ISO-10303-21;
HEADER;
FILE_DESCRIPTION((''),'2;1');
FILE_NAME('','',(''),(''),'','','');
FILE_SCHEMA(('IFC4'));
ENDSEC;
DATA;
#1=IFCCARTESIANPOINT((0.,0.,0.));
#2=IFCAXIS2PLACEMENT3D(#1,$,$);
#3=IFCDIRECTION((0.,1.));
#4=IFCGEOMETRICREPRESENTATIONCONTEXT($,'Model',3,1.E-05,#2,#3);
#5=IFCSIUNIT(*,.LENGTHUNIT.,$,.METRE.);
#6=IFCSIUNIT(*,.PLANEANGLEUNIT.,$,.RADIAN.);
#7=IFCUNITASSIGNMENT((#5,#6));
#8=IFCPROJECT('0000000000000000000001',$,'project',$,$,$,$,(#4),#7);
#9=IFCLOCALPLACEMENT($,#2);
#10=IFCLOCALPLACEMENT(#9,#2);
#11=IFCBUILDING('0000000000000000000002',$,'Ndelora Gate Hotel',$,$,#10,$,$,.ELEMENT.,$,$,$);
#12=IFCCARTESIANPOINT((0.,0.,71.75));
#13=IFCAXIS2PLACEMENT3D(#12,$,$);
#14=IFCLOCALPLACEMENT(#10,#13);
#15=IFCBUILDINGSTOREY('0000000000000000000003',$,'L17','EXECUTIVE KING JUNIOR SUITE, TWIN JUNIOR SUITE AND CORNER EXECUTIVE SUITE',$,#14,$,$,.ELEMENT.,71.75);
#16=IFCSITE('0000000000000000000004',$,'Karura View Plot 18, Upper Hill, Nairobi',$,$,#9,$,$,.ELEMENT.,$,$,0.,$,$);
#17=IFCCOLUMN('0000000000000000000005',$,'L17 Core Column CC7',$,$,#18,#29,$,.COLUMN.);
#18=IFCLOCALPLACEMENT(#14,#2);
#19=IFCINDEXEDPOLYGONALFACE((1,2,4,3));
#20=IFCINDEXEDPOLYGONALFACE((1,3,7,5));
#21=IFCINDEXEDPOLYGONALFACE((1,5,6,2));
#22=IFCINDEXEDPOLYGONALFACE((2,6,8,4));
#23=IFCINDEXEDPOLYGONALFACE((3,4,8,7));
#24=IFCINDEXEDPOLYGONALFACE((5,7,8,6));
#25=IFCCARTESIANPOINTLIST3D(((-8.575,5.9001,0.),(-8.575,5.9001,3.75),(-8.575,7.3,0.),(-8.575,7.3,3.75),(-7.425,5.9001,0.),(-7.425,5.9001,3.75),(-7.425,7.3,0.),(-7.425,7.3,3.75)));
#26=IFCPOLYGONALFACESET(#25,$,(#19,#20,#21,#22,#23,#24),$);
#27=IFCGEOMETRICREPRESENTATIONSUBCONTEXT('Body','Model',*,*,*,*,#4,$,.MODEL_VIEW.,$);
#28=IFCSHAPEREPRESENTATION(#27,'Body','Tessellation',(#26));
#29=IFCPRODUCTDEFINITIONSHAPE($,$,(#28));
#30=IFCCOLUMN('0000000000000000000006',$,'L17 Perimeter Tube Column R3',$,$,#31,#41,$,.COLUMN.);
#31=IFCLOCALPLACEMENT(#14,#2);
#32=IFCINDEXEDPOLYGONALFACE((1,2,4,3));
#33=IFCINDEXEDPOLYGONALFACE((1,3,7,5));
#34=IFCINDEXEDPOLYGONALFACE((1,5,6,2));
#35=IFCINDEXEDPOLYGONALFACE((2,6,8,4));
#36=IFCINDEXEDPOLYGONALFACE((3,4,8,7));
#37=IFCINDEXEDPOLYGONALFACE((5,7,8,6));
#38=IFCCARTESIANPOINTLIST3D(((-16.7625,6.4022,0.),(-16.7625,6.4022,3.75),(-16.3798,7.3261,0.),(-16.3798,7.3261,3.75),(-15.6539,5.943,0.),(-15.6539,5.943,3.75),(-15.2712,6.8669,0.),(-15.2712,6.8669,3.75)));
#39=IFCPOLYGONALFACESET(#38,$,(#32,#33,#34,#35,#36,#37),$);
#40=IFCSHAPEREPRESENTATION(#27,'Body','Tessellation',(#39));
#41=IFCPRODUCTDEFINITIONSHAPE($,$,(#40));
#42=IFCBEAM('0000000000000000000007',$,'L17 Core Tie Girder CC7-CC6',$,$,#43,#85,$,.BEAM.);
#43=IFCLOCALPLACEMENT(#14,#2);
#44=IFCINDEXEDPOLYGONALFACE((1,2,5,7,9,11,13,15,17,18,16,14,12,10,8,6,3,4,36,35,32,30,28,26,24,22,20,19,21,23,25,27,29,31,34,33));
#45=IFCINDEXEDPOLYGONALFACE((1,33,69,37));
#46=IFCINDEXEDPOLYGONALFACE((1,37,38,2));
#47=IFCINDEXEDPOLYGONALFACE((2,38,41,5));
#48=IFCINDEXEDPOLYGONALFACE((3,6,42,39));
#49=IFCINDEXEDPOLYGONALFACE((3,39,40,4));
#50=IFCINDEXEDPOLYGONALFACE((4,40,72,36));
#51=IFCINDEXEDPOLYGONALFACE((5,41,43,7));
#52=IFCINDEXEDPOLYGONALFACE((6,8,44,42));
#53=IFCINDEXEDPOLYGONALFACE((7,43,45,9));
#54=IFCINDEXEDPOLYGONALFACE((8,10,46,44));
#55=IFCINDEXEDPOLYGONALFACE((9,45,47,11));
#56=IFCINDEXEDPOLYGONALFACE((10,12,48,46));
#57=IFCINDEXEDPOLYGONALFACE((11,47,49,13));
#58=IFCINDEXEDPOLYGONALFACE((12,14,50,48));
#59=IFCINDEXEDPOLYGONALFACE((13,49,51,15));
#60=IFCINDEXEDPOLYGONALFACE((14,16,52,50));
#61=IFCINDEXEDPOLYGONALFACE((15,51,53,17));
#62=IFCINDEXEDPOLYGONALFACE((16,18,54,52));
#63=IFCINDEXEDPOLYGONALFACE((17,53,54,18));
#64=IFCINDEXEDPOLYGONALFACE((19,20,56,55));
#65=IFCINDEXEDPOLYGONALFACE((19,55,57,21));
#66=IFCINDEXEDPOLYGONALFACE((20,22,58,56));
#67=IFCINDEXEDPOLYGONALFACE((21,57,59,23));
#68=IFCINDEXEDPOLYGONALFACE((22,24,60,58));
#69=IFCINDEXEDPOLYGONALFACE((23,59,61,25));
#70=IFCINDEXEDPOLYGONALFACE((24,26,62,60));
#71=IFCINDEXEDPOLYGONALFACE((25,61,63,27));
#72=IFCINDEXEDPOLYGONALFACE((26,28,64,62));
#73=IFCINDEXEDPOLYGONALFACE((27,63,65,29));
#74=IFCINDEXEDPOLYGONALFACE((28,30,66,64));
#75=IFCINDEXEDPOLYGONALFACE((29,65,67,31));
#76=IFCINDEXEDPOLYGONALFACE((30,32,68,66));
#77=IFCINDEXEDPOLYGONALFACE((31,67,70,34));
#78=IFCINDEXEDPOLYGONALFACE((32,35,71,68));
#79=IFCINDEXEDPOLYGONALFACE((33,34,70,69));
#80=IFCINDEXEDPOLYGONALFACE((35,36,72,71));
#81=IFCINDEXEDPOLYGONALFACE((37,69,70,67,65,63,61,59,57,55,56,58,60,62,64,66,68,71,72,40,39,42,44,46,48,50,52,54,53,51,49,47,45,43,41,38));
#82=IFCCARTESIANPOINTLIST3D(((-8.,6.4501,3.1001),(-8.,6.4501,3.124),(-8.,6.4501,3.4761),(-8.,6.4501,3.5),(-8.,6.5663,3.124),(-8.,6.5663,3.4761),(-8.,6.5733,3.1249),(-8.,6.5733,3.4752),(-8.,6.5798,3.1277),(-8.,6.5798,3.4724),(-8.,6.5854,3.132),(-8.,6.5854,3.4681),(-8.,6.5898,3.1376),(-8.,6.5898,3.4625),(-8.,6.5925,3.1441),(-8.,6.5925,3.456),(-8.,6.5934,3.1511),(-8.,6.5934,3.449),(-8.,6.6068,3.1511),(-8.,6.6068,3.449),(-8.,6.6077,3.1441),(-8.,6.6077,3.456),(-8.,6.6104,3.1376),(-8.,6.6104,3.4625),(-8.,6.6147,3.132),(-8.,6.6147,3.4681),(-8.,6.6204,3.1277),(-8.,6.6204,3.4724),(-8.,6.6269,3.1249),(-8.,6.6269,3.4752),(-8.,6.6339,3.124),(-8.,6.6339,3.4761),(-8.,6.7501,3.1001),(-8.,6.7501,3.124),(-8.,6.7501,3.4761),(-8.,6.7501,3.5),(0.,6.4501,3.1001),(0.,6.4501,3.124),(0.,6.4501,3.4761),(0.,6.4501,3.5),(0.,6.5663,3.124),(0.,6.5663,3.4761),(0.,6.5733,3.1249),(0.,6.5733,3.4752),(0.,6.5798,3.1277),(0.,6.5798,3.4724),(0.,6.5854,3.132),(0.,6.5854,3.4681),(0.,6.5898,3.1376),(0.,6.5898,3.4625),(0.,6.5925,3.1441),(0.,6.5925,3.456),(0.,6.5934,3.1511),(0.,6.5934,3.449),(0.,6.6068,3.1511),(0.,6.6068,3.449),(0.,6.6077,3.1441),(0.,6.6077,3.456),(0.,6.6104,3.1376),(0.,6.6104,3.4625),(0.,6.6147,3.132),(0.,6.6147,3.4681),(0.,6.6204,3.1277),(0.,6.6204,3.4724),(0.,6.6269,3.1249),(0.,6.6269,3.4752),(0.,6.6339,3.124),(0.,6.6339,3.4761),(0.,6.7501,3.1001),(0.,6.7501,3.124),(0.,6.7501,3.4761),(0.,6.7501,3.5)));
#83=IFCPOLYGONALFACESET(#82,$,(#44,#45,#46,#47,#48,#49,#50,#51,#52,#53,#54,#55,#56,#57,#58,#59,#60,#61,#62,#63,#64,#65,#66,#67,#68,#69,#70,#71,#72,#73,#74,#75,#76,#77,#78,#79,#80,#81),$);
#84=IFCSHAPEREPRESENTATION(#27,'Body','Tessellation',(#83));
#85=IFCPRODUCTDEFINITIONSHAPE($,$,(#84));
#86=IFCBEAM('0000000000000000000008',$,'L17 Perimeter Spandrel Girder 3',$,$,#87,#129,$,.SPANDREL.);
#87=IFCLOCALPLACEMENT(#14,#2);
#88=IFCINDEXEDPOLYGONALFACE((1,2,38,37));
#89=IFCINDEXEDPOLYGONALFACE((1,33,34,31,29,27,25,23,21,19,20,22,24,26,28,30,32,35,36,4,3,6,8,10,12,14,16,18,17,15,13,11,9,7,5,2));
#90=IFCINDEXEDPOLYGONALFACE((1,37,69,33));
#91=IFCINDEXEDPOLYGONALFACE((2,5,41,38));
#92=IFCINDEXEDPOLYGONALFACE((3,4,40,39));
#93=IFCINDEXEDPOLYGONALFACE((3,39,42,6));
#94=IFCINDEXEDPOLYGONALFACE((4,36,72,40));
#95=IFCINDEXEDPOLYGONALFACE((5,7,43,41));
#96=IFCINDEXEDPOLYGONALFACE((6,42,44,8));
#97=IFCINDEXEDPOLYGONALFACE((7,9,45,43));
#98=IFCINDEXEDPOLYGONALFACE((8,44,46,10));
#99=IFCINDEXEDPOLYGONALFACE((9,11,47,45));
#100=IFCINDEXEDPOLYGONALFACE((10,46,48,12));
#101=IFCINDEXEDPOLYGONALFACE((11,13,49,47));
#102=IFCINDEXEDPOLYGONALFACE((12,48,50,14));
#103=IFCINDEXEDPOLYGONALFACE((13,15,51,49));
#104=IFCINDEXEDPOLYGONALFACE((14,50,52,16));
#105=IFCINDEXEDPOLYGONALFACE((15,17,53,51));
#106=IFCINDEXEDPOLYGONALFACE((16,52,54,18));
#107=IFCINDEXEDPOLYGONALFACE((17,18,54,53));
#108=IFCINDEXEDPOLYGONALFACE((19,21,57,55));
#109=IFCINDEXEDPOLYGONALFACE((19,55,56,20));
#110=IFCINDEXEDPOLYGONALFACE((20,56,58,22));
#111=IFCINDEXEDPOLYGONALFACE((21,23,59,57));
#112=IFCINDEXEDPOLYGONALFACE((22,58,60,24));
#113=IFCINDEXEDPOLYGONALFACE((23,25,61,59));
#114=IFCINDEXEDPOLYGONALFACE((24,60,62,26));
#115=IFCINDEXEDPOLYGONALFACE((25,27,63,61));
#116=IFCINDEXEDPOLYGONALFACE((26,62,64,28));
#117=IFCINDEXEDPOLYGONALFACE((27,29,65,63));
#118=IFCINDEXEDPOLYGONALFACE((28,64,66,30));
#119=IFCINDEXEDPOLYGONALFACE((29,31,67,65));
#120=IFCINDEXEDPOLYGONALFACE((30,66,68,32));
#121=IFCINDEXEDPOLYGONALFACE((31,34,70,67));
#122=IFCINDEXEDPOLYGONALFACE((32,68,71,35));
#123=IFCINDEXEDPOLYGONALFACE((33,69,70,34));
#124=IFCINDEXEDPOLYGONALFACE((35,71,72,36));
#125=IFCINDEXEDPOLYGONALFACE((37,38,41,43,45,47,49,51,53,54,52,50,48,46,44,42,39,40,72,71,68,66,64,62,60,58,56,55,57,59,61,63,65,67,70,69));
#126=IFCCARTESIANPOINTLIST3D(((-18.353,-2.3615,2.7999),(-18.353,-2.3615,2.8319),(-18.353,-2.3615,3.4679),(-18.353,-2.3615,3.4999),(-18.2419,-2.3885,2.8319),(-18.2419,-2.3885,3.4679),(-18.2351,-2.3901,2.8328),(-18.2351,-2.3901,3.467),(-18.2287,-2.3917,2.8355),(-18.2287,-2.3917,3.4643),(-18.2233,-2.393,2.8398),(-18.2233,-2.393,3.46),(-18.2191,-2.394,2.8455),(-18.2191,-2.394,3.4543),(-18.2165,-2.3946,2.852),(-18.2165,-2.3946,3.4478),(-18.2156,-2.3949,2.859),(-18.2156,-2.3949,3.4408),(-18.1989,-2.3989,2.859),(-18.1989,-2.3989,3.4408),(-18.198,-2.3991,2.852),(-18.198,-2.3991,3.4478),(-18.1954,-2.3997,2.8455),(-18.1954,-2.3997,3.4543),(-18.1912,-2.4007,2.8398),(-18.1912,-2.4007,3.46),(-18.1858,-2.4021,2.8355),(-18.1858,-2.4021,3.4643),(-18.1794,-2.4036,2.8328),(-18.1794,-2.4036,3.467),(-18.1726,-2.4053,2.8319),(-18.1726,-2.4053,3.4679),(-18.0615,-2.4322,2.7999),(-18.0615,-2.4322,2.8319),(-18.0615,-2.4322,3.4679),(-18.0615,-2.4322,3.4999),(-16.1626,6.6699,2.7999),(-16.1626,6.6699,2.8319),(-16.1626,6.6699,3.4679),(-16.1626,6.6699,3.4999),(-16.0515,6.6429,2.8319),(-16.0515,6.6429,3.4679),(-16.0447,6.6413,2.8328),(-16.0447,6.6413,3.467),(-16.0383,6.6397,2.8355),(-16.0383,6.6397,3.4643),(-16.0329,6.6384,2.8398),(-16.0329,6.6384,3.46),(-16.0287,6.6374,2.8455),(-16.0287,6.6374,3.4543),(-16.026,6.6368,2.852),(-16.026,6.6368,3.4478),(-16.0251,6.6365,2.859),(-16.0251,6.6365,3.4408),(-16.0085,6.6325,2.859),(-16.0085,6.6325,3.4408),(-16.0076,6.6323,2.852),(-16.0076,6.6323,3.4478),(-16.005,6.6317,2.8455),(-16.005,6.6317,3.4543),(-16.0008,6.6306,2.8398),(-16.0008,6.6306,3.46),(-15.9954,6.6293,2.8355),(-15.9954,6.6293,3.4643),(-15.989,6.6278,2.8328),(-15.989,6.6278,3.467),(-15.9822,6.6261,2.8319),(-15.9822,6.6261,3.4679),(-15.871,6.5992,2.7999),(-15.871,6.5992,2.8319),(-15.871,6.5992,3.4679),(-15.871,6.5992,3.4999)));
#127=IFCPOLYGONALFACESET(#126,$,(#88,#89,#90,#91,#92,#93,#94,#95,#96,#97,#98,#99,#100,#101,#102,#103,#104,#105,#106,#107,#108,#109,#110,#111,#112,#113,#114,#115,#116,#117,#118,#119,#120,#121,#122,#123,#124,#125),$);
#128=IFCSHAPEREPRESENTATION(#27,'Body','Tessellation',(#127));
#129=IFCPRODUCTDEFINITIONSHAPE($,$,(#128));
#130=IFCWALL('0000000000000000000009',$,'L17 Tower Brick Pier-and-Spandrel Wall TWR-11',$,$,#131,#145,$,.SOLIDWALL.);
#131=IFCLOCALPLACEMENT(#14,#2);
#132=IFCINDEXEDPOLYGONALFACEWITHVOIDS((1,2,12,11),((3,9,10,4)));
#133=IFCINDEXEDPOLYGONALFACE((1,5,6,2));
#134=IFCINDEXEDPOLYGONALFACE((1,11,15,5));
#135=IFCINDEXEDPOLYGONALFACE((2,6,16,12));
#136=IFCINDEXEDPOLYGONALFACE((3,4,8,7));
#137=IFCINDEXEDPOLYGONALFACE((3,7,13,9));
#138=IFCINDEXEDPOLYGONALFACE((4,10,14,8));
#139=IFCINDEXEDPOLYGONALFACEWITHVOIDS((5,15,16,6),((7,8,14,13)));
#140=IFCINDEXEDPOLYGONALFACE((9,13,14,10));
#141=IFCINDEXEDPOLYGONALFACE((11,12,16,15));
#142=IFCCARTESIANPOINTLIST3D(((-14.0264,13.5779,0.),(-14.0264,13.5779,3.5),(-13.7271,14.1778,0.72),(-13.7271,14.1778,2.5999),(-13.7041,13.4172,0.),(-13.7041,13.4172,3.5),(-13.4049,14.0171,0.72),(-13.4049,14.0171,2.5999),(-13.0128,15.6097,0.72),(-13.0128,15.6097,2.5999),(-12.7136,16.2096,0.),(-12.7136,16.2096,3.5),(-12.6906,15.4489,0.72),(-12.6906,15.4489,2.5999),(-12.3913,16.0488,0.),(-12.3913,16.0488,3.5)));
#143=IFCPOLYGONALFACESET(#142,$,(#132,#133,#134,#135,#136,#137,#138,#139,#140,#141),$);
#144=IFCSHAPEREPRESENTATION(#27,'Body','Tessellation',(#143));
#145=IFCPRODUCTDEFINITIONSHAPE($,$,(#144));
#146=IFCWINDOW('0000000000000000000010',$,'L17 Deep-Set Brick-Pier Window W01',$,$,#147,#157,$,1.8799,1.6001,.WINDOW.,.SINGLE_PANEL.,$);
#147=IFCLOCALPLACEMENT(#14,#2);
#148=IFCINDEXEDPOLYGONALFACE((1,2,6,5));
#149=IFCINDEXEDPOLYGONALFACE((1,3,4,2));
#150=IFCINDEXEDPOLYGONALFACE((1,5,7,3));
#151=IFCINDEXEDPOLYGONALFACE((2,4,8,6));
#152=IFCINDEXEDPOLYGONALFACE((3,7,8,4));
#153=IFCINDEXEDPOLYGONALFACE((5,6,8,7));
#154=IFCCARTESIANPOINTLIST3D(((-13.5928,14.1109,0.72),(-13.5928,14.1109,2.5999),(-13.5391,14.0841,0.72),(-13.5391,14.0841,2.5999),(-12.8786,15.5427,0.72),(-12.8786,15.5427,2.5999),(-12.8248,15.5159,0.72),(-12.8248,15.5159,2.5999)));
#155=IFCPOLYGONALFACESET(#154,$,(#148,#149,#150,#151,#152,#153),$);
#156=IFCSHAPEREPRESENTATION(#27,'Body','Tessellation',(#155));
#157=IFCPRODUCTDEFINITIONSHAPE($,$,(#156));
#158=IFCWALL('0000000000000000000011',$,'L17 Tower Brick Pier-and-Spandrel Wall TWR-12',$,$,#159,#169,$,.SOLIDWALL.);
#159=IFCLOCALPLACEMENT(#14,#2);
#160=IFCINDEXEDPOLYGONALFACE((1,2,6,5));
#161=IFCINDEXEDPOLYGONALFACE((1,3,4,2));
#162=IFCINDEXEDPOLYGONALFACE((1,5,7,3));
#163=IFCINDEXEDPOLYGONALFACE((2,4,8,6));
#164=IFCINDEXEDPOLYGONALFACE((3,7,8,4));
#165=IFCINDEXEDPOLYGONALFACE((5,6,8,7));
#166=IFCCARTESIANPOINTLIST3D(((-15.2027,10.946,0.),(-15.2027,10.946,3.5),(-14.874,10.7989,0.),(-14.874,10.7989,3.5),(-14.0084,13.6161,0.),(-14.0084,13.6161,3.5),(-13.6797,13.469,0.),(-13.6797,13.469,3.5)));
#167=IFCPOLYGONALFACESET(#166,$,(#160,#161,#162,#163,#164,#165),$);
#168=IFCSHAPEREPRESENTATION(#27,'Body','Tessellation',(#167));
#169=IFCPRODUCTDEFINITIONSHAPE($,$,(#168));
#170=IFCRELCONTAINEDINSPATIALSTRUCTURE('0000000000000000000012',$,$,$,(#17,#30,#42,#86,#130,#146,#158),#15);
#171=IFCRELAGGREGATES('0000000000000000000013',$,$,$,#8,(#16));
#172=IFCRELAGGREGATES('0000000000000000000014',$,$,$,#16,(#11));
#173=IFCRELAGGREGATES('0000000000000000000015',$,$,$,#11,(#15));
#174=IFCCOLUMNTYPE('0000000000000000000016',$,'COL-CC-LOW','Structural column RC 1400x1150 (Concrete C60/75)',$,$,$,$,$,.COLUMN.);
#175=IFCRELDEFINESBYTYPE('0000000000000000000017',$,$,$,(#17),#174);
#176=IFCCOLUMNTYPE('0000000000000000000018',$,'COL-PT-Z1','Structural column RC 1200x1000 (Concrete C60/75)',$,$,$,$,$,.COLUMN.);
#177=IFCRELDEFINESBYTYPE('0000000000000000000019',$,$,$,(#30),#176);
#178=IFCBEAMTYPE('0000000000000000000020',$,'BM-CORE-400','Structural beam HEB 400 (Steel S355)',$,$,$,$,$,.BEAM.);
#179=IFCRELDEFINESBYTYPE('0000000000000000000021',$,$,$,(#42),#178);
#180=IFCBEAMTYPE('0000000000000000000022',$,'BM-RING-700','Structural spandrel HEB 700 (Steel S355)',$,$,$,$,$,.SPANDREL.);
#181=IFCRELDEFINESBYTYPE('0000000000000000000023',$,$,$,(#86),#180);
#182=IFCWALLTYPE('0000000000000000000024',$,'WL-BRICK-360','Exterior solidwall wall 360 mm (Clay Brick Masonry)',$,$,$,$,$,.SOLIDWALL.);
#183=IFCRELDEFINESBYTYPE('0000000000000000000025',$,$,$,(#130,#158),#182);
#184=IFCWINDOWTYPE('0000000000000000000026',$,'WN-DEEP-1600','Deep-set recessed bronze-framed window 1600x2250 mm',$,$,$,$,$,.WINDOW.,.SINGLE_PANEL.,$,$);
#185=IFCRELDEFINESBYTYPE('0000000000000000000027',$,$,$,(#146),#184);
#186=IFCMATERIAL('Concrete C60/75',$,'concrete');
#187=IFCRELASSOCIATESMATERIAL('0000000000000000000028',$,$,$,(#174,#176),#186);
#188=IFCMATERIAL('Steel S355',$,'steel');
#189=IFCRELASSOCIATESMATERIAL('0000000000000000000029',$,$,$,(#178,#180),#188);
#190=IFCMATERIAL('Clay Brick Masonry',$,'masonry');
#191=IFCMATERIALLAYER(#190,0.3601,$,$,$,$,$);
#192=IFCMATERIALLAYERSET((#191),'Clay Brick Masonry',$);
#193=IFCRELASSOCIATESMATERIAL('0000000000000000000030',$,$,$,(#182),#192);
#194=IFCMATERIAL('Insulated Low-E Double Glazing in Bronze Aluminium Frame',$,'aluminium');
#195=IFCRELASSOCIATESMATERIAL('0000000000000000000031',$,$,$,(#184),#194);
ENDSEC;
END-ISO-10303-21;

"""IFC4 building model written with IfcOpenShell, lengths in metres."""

from ifc_helpers import new_model, si_unit, direction, frame, frame_2d, origin, origin_2d, place, context, subcontext, project, spatial, rectangle, i_section, extrude, material, layer, layer_set, material_profile, profile_set, type_object, element, fill, save


model = new_model("IFC4")

# Units and contexts
model_context = context("Model", 3, precision=1e-05, world=origin(), true_north=direction((0.0, 1.0)))
body_context = subcontext(model_context, "Body", "Model", "MODEL_VIEW")
ifc_project = project(units=[si_unit("LENGTHUNIT", "METRE"), si_unit("PLANEANGLEUNIT", "RADIAN")], contexts=[model_context])

# Site, building, storey
site_placement = place(None, origin())
site = spatial("IfcSite", under=ifc_project, at=site_placement, Name="Karura View Plot 18, Upper Hill, Nairobi", CompositionType="ELEMENT", RefElevation=0.0)
building_placement = place(site_placement, origin())
building = spatial("IfcBuilding", under=site, at=building_placement, Name="Ndelora Gate Hotel", CompositionType="ELEMENT")
storey_placement = place(building_placement, frame((0.0, 0.0, 71.75)))
storey = spatial("IfcBuildingStorey", under=building, at=storey_placement, Name="L17", Description="EXECUTIVE KING JUNIOR SUITE, TWIN JUNIOR SUITE AND CORNER EXECUTIVE SUITE", CompositionType="ELEMENT", Elevation=71.75)

# Columns
ifc_material_1 = material(Name="Concrete C60/75", Category="concrete")
ifc_material_profile_1 = material_profile(ifc_material_1, rectangle(XDim=1.1499, YDim=1.3999, at=origin_2d()), Name="RC 1400x1150")
ifc_profile_set_1 = profile_set([ifc_material_profile_1], Name="Concrete C60/75")
column_type_1 = type_object("IfcColumnType", Name="COL-CC-LOW", Description="Structural column RC 1400x1150 (Concrete C60/75)", PredefinedType="COLUMN", material=ifc_profile_set_1)
column_1_placement = place(storey_placement, frame((-8.0, 6.6001, 0.0), z_axis=(0.0, 0.0, 1.0), x_axis=(1.0, 0.0, 0.0)))
element("IfcColumn", 1, at=column_1_placement, inside=storey, type_object=column_type_1, Name="L17 Core Column CC7", PredefinedType="COLUMN", context=body_context, shape_type="SweptSolid", body=[
    extrude(rectangle(XDim=1.1499, YDim=1.3999, at=origin_2d()), origin(), (0.0, 0.0, 1.0), 3.75),
])
ifc_material_profile_2 = material_profile(ifc_material_1, rectangle(XDim=1.0, YDim=1.2, at=origin_2d()), Name="RC 1200x1000")
ifc_profile_set_2 = profile_set([ifc_material_profile_2], Name="Concrete C60/75")
column_type_2 = type_object("IfcColumnType", Name="COL-PT-Z1", Description="Structural column RC 1200x1000 (Concrete C60/75)", PredefinedType="COLUMN", material=ifc_profile_set_2)
column_2_placement = place(storey_placement, frame((-16.0168, 6.6345, 0.0), z_axis=(0.0, 0.0, 1.0), x_axis=(0.382683, 0.92388, 0.0)))
element("IfcColumn", 2, at=column_2_placement, inside=storey, type_object=column_type_2, Name="L17 Perimeter Tube Column R3", PredefinedType="COLUMN", context=body_context, shape_type="SweptSolid", body=[
    extrude(rectangle(XDim=1.0, YDim=1.2, at=origin_2d()), origin(), (0.0, 0.0, 1.0), 3.75),
])

# Beams
ifc_material_2 = material(Name="Steel S355", Category="steel")
ifc_material_profile_3 = material_profile(ifc_material_2, i_section(OverallWidth=0.3, OverallDepth=0.3999, WebThickness=0.0134, FlangeThickness=0.0239, FilletRadius=0.0271, at=origin_2d()), Name="HEB 400")
ifc_profile_set_3 = profile_set([ifc_material_profile_3], Name="Steel S355")
beam_type_1 = type_object("IfcBeamType", Name="BM-CORE-400", Description="Structural beam HEB 400 (Steel S355)", PredefinedType="BEAM", material=ifc_profile_set_3)
beam_1_placement = place(storey_placement, frame((-8.0, 6.6001, 3.3), z_axis=(1.0, 0.0, 0.0), x_axis=(0.0, 1.0, 0.0)))
element("IfcBeam", 3, at=beam_1_placement, inside=storey, type_object=beam_type_1, Name="L17 Core Tie Girder CC7-CC6", PredefinedType="BEAM", context=body_context, shape_type="SweptSolid", body=[
    extrude(i_section(OverallWidth=0.3, OverallDepth=0.3999, WebThickness=0.0134, FlangeThickness=0.0239, FilletRadius=0.0271, at=origin_2d()), origin(), (0.0, 0.0, 1.0), 8.0),
])
ifc_material_profile_4 = material_profile(ifc_material_2, i_section(OverallWidth=0.3, OverallDepth=0.7, WebThickness=0.0171, FlangeThickness=0.032, FilletRadius=0.0271, at=origin_2d()), Name="HEB 700")
ifc_profile_set_4 = profile_set([ifc_material_profile_4], Name="Steel S355")
beam_type_2 = type_object("IfcBeamType", Name="BM-RING-700", Description="Structural spandrel HEB 700 (Steel S355)", PredefinedType="SPANDREL", material=ifc_profile_set_4)
beam_2_placement = place(storey_placement, frame((-16.0168, 6.6345, 3.1499), z_axis=(-0.235699, -0.971826, 0.0), x_axis=(0.971826, -0.235699, 0.0)))
element("IfcBeam", 4, at=beam_2_placement, inside=storey, type_object=beam_type_2, Name="L17 Perimeter Spandrel Girder 3", PredefinedType="SPANDREL", context=body_context, shape_type="SweptSolid", body=[
    extrude(i_section(OverallWidth=0.3, OverallDepth=0.7, WebThickness=0.0171, FlangeThickness=0.032, FilletRadius=0.0271, at=origin_2d()), origin(), (0.0, 0.0, 1.0), 9.2932),
])

# Wall, opening, window
ifc_material_3 = material(Name="Clay Brick Masonry", Category="masonry")
ifc_layer_1 = layer(ifc_material_3, 0.3601)
ifc_layer_set_1 = layer_set([ifc_layer_1], Name="Clay Brick Masonry")
wall_type_1 = type_object("IfcWallType", Name="WL-BRICK-360", Description="Exterior solidwall wall 360 mm (Clay Brick Masonry)", PredefinedType="SOLIDWALL", material=ifc_layer_set_1)
wall_1_placement = place(storey_placement, frame((-13.8652, 13.4976, 0.0), z_axis=(0.0, 0.0, 1.0), x_axis=(0.446383, 0.894842, 0.0)))
wall_1 = element("IfcWall", 5, at=wall_1_placement, inside=storey, type_object=wall_type_1, Name="L17 Tower Brick Pier-and-Spandrel Wall TWR-11", PredefinedType="SOLIDWALL", context=body_context, shape_type="SweptSolid", body=[
    extrude(rectangle(XDim=2.9409, YDim=0.3601, at=frame_2d((1.4705, 0.0))), origin(), (0.0, 0.0, 1.0), 3.5),
])
opening_1_placement = place(wall_1_placement, frame((0.6704, 0.0, 0.72)))
opening_1 = element("IfcOpeningElement", 6, at=opening_1_placement, cuts=wall_1, PredefinedType="OPENING", context=body_context, shape_type="SweptSolid", body=[
    extrude(rectangle(XDim=1.6001, YDim=1.8799, at=frame_2d((0.8, 0.9399))), frame((0.0, 0.1899, 0.0), z_axis=(0.0, -1.0, 0.0), x_axis=(1.0, 0.0, 0.0)), (0.0, 0.0, 1.0), 0.3801),
])
ifc_material_4 = material(Name="Insulated Low-E Double Glazing in Bronze Aluminium Frame", Category="aluminium")
window_type_1 = type_object("IfcWindowType", Name="WN-DEEP-1600", Description="Deep-set recessed bronze-framed window 1600x2250 mm", PartitioningType="SINGLE_PANEL", PredefinedType="WINDOW", material=ifc_material_4)
window_1_placement = place(opening_1_placement, origin())
window_1 = element("IfcWindow", 7, at=window_1_placement, inside=storey, type_object=window_type_1, Name="L17 Deep-Set Brick-Pier Window W01", OverallHeight=1.8799, OverallWidth=1.6001, PartitioningType="SINGLE_PANEL", PredefinedType="WINDOW", context=body_context, shape_type="SweptSolid", body=[
    extrude(rectangle(XDim=1.6001, YDim=1.8799, at=frame_2d((0.8, 0.9399))), frame((0.0, 0.03, 0.0), z_axis=(0.0, -1.0, 0.0), x_axis=(1.0, 0.0, 0.0)), (0.0, 0.0, 1.0), 0.0601),
])
fill(opening_1, window_1)

# Wall
wall_2_placement = place(storey_placement, frame((-15.0383, 10.8726, 0.0), z_axis=(0.0, 0.0, 1.0), x_axis=(0.408306, 0.912845, 0.0)))
element("IfcWall", 8, at=wall_2_placement, inside=storey, type_object=wall_type_1, Name="L17 Tower Brick Pier-and-Spandrel Wall TWR-12", PredefinedType="SOLIDWALL", context=body_context, shape_type="SweptSolid", body=[
    extrude(rectangle(XDim=2.925, YDim=0.3601, at=frame_2d((1.4624, 0.0))), origin(), (0.0, 0.0, 1.0), 3.5),
])

save(model, "model.ifc")
